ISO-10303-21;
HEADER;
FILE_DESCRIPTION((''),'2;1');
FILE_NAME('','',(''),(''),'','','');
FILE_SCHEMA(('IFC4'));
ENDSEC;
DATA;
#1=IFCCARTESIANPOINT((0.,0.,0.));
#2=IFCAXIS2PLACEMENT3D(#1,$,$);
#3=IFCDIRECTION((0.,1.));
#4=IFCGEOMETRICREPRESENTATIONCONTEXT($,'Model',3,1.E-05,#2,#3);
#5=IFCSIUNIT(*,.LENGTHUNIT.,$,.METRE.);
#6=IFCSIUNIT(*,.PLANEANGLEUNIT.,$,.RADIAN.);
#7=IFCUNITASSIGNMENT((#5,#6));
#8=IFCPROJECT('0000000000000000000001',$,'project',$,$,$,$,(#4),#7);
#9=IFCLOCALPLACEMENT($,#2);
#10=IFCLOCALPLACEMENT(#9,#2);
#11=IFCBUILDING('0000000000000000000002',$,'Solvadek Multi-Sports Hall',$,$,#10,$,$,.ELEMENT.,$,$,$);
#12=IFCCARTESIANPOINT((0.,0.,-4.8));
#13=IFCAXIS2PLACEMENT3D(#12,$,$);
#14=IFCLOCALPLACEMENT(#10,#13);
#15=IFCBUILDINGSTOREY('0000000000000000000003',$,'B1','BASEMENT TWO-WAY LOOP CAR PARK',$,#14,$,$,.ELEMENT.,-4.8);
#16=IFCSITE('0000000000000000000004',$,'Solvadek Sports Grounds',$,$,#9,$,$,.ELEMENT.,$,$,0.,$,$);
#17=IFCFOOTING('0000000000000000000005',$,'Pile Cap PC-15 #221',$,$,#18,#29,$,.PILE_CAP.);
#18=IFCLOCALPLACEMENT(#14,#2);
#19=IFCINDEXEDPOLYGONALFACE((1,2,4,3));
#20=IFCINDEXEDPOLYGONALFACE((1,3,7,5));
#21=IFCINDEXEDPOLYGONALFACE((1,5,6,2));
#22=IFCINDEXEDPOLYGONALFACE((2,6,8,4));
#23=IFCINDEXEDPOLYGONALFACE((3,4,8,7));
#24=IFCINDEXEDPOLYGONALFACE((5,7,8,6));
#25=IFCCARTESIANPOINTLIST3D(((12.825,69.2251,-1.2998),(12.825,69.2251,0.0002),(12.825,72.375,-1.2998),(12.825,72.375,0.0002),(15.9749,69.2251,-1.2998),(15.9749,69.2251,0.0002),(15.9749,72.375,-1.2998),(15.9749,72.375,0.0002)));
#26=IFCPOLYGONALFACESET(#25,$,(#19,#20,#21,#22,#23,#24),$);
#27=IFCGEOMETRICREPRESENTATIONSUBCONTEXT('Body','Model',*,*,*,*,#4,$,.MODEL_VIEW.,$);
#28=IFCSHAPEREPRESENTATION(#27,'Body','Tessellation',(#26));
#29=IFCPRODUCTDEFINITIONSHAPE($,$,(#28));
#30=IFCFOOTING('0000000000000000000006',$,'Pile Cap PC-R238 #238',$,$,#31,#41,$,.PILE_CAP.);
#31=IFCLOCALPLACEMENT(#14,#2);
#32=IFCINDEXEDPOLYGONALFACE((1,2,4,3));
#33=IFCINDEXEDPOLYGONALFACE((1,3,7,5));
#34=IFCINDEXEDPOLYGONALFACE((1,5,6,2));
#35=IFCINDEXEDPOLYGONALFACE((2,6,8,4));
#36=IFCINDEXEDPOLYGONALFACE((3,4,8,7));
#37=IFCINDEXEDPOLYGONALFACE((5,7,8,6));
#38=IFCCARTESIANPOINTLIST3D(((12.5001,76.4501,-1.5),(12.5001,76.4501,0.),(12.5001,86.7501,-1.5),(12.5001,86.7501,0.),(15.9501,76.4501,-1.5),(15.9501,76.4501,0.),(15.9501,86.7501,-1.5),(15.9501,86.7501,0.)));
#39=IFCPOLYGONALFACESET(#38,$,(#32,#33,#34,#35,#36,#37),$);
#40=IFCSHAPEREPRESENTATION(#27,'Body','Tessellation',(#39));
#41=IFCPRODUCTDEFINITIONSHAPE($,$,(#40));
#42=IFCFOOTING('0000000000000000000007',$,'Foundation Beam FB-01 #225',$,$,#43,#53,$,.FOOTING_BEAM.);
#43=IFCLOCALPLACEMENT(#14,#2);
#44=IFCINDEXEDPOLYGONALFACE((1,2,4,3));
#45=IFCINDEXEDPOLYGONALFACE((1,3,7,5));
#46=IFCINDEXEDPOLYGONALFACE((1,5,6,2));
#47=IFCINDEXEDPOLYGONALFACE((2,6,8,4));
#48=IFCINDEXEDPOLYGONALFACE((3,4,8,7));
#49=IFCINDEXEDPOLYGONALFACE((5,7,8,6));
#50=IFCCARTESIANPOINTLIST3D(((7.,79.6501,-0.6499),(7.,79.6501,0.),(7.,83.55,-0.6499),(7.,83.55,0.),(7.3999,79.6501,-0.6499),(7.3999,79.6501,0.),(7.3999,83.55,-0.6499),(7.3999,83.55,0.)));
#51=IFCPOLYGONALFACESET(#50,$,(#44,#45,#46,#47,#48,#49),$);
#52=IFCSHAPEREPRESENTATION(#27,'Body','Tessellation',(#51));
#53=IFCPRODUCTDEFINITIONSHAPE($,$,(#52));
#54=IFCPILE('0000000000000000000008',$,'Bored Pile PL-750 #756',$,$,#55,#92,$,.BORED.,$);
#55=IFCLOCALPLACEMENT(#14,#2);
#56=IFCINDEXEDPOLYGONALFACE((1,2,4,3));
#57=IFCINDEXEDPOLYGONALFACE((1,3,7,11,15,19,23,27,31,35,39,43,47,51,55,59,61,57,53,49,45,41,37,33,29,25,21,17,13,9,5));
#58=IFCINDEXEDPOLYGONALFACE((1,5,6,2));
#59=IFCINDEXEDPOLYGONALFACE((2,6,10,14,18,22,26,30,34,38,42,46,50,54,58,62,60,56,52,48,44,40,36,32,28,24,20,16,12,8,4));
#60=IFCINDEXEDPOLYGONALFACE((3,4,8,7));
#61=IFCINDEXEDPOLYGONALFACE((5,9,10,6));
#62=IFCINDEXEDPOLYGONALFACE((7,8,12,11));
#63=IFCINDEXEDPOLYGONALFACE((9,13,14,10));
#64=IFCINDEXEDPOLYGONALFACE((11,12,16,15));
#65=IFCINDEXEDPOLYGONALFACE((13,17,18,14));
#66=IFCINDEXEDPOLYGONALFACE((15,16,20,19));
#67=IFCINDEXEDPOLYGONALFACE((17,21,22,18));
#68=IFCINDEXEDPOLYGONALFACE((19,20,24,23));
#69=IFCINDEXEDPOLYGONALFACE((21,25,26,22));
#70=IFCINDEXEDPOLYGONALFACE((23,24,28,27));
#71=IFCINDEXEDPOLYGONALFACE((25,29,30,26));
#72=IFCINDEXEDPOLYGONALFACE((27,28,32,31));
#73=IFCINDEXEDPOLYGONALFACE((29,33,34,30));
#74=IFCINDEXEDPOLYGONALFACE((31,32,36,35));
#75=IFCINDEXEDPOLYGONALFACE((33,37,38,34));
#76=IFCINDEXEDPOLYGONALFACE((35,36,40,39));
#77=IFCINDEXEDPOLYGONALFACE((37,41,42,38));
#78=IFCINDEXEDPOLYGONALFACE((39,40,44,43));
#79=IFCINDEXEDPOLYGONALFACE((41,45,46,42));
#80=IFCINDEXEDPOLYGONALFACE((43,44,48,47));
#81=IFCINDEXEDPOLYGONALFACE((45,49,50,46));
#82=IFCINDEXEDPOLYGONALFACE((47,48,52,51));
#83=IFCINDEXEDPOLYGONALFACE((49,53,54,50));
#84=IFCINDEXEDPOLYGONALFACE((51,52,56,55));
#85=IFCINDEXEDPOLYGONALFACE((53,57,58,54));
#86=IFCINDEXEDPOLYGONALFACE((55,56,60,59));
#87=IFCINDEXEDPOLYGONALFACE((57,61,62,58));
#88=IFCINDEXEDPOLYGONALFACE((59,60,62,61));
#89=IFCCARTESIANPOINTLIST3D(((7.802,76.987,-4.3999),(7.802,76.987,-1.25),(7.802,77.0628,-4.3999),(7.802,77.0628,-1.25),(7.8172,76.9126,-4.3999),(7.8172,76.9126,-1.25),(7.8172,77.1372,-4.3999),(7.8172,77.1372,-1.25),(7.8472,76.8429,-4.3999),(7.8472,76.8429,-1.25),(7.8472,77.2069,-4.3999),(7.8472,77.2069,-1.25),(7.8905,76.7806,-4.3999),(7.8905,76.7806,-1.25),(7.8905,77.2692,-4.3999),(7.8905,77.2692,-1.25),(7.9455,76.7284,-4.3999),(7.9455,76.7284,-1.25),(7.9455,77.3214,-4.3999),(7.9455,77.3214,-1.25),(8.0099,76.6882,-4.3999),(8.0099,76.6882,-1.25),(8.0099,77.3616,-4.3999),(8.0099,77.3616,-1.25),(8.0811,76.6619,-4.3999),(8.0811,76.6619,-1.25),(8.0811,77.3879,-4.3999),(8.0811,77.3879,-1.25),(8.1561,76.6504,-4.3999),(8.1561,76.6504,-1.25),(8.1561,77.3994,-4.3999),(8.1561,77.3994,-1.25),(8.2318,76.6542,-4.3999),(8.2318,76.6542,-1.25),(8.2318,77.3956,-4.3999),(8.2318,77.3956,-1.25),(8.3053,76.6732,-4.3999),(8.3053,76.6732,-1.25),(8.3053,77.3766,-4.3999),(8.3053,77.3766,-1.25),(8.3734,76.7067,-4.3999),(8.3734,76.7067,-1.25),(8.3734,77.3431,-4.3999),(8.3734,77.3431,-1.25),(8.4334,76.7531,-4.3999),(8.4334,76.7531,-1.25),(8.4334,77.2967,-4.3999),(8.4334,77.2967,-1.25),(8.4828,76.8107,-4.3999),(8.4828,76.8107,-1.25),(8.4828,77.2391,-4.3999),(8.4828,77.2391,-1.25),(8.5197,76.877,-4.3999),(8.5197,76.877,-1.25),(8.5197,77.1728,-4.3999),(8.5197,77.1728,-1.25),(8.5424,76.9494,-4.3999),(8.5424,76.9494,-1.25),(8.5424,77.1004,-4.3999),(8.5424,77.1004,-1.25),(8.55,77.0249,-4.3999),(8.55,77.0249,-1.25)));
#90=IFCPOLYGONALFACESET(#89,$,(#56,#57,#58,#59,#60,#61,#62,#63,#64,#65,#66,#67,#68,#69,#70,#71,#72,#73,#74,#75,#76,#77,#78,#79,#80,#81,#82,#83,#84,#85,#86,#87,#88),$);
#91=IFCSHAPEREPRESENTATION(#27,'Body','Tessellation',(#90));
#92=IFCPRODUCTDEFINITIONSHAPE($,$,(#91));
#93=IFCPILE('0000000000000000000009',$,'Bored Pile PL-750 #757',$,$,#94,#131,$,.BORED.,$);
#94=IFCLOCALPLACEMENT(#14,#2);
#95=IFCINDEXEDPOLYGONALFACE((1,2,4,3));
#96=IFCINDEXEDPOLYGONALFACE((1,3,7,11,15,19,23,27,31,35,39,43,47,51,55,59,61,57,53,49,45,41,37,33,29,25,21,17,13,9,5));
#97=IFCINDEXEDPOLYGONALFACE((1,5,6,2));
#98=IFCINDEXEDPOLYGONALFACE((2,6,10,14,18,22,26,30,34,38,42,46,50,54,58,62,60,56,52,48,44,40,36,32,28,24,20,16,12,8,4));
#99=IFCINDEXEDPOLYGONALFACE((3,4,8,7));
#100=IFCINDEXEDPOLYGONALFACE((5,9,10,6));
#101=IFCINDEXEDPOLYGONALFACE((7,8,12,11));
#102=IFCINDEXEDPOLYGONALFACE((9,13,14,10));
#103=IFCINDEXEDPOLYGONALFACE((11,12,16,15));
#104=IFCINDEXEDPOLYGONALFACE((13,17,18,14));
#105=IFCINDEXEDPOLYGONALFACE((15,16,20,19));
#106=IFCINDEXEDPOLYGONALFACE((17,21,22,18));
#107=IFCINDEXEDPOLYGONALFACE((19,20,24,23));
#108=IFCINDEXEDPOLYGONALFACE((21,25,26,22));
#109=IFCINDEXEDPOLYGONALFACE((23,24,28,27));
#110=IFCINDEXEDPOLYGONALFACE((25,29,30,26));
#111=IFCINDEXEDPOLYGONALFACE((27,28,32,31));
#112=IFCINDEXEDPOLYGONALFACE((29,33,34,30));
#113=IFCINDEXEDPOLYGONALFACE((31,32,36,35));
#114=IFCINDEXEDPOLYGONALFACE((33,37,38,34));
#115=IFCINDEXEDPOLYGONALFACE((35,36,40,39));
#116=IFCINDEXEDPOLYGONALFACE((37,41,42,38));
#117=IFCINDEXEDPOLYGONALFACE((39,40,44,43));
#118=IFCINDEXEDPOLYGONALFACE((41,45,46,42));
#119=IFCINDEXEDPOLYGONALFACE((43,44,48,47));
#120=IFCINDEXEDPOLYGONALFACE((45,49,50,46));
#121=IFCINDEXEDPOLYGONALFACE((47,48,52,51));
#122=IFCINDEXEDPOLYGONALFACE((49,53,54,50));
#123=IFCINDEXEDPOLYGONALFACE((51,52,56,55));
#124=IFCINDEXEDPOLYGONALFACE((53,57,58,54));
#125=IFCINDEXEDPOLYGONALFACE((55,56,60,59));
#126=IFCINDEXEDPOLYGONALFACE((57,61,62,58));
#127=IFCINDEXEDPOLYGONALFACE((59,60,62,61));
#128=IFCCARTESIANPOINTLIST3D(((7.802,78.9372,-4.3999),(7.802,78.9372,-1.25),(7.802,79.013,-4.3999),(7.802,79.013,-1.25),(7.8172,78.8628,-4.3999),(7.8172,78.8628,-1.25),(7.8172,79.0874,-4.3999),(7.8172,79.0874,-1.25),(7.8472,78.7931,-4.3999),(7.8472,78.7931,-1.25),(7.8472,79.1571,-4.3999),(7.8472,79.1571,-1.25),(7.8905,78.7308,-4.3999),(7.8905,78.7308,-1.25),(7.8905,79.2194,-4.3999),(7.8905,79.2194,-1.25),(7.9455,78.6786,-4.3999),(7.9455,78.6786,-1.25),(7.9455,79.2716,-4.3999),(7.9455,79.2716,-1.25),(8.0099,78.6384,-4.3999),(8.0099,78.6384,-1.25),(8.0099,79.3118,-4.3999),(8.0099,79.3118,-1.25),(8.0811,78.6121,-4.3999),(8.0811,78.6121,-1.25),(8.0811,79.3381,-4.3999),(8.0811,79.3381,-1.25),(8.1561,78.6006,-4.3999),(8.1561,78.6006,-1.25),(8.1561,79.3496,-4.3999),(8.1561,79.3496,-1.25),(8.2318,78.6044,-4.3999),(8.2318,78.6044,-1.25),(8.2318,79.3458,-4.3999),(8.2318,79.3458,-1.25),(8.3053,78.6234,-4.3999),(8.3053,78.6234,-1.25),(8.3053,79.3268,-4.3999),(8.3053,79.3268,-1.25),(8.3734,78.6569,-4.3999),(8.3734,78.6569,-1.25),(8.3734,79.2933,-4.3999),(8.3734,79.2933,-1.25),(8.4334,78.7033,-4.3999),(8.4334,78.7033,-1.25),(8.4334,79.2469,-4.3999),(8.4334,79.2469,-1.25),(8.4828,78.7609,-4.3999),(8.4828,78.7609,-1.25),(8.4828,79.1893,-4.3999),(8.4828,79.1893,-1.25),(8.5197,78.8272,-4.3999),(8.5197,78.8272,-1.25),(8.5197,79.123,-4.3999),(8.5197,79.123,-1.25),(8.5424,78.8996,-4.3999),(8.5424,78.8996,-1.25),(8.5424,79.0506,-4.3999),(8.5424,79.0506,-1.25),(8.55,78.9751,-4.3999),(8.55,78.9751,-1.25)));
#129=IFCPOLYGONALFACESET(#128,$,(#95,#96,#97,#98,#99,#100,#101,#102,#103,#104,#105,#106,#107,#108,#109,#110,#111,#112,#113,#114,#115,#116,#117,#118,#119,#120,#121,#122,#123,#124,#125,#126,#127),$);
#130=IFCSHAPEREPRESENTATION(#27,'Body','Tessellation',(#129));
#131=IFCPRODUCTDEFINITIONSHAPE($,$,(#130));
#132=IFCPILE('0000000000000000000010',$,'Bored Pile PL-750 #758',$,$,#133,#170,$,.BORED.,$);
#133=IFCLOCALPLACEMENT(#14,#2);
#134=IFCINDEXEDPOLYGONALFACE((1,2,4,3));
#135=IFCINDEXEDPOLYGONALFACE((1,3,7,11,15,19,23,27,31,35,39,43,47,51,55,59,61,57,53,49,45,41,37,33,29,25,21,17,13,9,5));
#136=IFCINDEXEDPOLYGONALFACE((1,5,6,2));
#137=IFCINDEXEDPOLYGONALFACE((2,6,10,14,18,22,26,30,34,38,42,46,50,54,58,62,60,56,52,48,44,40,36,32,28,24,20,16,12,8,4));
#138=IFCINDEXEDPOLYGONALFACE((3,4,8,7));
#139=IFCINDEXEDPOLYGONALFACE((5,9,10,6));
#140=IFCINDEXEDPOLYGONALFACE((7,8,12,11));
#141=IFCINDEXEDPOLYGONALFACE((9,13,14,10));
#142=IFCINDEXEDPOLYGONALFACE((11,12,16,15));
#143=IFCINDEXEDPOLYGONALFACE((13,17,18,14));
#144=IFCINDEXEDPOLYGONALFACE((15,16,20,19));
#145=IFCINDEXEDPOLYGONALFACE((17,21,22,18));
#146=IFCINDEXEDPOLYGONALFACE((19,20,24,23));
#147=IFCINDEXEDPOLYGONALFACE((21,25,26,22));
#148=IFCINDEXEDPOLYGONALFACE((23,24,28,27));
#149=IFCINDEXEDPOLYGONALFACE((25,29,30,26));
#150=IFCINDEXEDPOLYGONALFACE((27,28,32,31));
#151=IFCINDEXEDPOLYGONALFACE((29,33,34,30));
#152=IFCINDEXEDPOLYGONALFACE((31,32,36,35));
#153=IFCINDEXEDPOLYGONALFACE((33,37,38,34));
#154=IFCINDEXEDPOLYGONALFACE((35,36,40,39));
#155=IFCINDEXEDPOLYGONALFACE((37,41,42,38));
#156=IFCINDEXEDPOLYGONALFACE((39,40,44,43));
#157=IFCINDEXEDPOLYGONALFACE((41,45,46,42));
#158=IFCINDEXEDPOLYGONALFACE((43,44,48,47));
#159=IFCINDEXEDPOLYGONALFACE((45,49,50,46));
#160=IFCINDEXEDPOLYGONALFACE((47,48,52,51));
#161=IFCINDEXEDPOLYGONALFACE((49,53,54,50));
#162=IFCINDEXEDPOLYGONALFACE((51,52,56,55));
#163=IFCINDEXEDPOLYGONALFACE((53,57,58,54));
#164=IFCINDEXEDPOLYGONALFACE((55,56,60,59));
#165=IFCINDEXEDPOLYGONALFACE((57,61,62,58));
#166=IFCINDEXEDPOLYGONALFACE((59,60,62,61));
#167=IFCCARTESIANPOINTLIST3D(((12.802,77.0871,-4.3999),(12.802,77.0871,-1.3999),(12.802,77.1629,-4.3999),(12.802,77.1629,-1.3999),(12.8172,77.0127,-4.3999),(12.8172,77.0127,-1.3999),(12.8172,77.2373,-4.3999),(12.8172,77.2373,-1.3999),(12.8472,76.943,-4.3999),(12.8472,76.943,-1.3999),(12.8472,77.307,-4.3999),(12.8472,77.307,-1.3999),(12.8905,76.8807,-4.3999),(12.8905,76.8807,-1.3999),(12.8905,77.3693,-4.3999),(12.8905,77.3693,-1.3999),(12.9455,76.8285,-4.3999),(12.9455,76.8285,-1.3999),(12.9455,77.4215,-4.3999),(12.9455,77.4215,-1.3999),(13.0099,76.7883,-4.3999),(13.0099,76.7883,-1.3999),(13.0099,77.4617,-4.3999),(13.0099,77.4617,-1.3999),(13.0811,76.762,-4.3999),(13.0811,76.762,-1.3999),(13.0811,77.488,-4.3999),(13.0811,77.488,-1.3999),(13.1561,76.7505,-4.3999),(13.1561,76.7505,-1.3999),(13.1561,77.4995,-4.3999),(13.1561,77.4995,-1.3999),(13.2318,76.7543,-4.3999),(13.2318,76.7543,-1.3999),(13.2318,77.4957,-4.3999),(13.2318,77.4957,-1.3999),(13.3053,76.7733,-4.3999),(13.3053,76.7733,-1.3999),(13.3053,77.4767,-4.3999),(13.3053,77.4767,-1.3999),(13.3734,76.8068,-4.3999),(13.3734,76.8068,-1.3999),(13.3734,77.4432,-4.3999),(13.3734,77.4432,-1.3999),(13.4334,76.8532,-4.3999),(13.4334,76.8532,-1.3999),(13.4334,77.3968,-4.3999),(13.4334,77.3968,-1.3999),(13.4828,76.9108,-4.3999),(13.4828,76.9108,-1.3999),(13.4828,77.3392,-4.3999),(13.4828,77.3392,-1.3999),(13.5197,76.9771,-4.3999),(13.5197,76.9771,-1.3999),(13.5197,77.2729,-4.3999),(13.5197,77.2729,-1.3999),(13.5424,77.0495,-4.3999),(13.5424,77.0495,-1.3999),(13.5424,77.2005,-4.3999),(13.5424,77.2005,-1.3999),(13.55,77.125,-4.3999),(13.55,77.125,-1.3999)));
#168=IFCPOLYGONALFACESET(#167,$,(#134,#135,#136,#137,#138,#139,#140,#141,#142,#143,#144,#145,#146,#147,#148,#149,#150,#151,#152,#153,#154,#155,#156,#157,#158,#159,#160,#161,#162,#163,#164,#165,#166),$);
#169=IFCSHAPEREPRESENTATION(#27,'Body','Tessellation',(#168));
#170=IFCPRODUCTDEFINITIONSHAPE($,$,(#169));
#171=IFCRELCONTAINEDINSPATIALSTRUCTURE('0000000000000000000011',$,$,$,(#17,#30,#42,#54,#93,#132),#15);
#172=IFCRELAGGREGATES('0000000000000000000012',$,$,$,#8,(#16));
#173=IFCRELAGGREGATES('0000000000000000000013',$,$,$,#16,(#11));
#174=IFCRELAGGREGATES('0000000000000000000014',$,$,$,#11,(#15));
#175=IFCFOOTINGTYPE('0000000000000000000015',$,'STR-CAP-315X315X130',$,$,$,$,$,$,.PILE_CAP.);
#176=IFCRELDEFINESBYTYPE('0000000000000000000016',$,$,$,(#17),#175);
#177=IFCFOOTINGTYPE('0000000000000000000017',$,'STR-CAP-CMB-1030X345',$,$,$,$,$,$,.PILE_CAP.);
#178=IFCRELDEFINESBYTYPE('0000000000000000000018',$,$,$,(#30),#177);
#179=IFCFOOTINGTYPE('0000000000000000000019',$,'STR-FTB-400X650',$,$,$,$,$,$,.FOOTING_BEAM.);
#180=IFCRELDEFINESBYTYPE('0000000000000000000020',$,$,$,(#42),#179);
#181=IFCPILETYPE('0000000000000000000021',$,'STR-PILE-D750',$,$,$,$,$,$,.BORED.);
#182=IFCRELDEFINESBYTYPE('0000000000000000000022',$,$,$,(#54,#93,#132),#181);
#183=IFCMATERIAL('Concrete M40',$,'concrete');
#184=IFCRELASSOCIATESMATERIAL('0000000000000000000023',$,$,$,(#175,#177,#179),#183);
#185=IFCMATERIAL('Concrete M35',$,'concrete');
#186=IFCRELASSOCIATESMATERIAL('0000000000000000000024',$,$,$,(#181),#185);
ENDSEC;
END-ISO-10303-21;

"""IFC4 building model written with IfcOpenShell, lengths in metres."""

from ifc_helpers import new_model, si_unit, direction, frame, origin, origin_2d, place, context, subcontext, project, spatial, rectangle, circle, extrude, material, material_profile, profile_set, type_object, element, save


model = new_model("IFC4")

# Units and contexts
model_context = context("Model", 3, precision=1e-05, world=origin(), true_north=direction((0.0, 1.0)))
body_context = subcontext(model_context, "Body", "Model", "MODEL_VIEW")
ifc_project = project(units=[si_unit("LENGTHUNIT", "METRE"), si_unit("PLANEANGLEUNIT", "RADIAN")], contexts=[model_context])

# Site, building, storey
site_placement = place(None, origin())
site = spatial("IfcSite", under=ifc_project, at=site_placement, Name="Solvadek Sports Grounds", CompositionType="ELEMENT", RefElevation=0.0)
building_placement = place(site_placement, origin())
building = spatial("IfcBuilding", under=site, at=building_placement, Name="Solvadek Multi-Sports Hall", CompositionType="ELEMENT")
storey_placement = place(building_placement, frame((0.0, 0.0, -4.8)))
storey = spatial("IfcBuildingStorey", under=building, at=storey_placement, Name="B1", Description="BASEMENT TWO-WAY LOOP CAR PARK", CompositionType="ELEMENT", Elevation=-4.8)

# Footings
ifc_material_1 = material(Name="Concrete M40", Category="concrete")
footing_type_1 = type_object("IfcFootingType", Name="STR-CAP-315X315X130", PredefinedType="PILE_CAP", material=ifc_material_1)
footing_1_placement = place(storey_placement, frame((14.3999, 70.8, -1.2998), z_axis=(0.0, 0.0, 1.0), x_axis=(1.0, 0.0, 0.0)))
element("IfcFooting", 1, at=footing_1_placement, inside=storey, type_object=footing_type_1, Name="Pile Cap PC-15 #221", PredefinedType="PILE_CAP", context=body_context, shape_type="SweptSolid", body=[
    extrude(rectangle(XDim=3.1499, YDim=3.1499, at=origin_2d()), origin(), (0.0, 0.0, 1.0), 1.3),
])
footing_type_2 = type_object("IfcFootingType", Name="STR-CAP-CMB-1030X345", PredefinedType="PILE_CAP", material=ifc_material_1)
footing_2_placement = place(storey_placement, frame((14.2251, 81.6001, -1.5), z_axis=(0.0, 0.0, 1.0), x_axis=(0.0, 1.0, 0.0)))
element("IfcFooting", 2, at=footing_2_placement, inside=storey, type_object=footing_type_2, Name="Pile Cap PC-R238 #238", PredefinedType="PILE_CAP", context=body_context, shape_type="SweptSolid", body=[
    extrude(rectangle(XDim=10.3, YDim=3.45, at=origin_2d()), origin(), (0.0, 0.0, 1.0), 1.5),
])
footing_type_3 = type_object("IfcFootingType", Name="STR-FTB-400X650", PredefinedType="FOOTING_BEAM", material=ifc_material_1)
footing_3_placement = place(storey_placement, frame((7.2, 81.6001, -0.6499), z_axis=(0.0, 0.0, 1.0), x_axis=(0.0, 1.0, 0.0)))
element("IfcFooting", 3, at=footing_3_placement, inside=storey, type_object=footing_type_3, Name="Foundation Beam FB-01 #225", PredefinedType="FOOTING_BEAM", context=body_context, shape_type="SweptSolid", body=[
    extrude(rectangle(XDim=3.8999, YDim=0.3999, at=origin_2d()), origin(), (0.0, 0.0, 1.0), 0.6499),
])

# Piles
ifc_material_2 = material(Name="Concrete M35", Category="concrete")
ifc_material_profile_1 = material_profile(ifc_material_2, circle(Radius=0.375, at=origin_2d()), Name="BORED PILE D750")
ifc_profile_set_1 = profile_set([ifc_material_profile_1], Name="Concrete M35")
pile_type_1 = type_object("IfcPileType", Name="STR-PILE-D750", PredefinedType="BORED", material=ifc_profile_set_1)
for number, where, z_axis, x_axis, name in (
    (4, (8.175, 77.0249, -1.25), (0.0, 0.0, -1.0), (1.0, 0.0, 0.0), "Bored Pile PL-750 #756"),
    (5, (8.175, 78.9751, -1.25), (0.0, 0.0, -1.0), (1.0, 0.0, 0.0), "Bored Pile PL-750 #757"),
):
    element("IfcPile", number, at=place(storey_placement, frame(where, z_axis=z_axis, x_axis=x_axis)), inside=storey, type_object=pile_type_1, Name=name, PredefinedType="BORED", context=body_context, shape_type="SweptSolid", body=[
        extrude(circle(Radius=0.375, at=origin_2d()), origin(), (0.0, 0.0, 1.0), 3.1499),
    ])
for number, where, z_axis, x_axis, name in (
    (6, (13.175, 77.125, -1.3999), (0.0, 0.0, -1.0), (1.0, 0.0, 0.0), "Bored Pile PL-750 #758"),
):
    element("IfcPile", number, at=place(storey_placement, frame(where, z_axis=z_axis, x_axis=x_axis)), inside=storey, type_object=pile_type_1, Name=name, PredefinedType="BORED", context=body_context, shape_type="SweptSolid", body=[
        extrude(circle(Radius=0.375, at=origin_2d()), origin(), (0.0, 0.0, 1.0), 3.0),
    ])

save(model, "model.ifc")
